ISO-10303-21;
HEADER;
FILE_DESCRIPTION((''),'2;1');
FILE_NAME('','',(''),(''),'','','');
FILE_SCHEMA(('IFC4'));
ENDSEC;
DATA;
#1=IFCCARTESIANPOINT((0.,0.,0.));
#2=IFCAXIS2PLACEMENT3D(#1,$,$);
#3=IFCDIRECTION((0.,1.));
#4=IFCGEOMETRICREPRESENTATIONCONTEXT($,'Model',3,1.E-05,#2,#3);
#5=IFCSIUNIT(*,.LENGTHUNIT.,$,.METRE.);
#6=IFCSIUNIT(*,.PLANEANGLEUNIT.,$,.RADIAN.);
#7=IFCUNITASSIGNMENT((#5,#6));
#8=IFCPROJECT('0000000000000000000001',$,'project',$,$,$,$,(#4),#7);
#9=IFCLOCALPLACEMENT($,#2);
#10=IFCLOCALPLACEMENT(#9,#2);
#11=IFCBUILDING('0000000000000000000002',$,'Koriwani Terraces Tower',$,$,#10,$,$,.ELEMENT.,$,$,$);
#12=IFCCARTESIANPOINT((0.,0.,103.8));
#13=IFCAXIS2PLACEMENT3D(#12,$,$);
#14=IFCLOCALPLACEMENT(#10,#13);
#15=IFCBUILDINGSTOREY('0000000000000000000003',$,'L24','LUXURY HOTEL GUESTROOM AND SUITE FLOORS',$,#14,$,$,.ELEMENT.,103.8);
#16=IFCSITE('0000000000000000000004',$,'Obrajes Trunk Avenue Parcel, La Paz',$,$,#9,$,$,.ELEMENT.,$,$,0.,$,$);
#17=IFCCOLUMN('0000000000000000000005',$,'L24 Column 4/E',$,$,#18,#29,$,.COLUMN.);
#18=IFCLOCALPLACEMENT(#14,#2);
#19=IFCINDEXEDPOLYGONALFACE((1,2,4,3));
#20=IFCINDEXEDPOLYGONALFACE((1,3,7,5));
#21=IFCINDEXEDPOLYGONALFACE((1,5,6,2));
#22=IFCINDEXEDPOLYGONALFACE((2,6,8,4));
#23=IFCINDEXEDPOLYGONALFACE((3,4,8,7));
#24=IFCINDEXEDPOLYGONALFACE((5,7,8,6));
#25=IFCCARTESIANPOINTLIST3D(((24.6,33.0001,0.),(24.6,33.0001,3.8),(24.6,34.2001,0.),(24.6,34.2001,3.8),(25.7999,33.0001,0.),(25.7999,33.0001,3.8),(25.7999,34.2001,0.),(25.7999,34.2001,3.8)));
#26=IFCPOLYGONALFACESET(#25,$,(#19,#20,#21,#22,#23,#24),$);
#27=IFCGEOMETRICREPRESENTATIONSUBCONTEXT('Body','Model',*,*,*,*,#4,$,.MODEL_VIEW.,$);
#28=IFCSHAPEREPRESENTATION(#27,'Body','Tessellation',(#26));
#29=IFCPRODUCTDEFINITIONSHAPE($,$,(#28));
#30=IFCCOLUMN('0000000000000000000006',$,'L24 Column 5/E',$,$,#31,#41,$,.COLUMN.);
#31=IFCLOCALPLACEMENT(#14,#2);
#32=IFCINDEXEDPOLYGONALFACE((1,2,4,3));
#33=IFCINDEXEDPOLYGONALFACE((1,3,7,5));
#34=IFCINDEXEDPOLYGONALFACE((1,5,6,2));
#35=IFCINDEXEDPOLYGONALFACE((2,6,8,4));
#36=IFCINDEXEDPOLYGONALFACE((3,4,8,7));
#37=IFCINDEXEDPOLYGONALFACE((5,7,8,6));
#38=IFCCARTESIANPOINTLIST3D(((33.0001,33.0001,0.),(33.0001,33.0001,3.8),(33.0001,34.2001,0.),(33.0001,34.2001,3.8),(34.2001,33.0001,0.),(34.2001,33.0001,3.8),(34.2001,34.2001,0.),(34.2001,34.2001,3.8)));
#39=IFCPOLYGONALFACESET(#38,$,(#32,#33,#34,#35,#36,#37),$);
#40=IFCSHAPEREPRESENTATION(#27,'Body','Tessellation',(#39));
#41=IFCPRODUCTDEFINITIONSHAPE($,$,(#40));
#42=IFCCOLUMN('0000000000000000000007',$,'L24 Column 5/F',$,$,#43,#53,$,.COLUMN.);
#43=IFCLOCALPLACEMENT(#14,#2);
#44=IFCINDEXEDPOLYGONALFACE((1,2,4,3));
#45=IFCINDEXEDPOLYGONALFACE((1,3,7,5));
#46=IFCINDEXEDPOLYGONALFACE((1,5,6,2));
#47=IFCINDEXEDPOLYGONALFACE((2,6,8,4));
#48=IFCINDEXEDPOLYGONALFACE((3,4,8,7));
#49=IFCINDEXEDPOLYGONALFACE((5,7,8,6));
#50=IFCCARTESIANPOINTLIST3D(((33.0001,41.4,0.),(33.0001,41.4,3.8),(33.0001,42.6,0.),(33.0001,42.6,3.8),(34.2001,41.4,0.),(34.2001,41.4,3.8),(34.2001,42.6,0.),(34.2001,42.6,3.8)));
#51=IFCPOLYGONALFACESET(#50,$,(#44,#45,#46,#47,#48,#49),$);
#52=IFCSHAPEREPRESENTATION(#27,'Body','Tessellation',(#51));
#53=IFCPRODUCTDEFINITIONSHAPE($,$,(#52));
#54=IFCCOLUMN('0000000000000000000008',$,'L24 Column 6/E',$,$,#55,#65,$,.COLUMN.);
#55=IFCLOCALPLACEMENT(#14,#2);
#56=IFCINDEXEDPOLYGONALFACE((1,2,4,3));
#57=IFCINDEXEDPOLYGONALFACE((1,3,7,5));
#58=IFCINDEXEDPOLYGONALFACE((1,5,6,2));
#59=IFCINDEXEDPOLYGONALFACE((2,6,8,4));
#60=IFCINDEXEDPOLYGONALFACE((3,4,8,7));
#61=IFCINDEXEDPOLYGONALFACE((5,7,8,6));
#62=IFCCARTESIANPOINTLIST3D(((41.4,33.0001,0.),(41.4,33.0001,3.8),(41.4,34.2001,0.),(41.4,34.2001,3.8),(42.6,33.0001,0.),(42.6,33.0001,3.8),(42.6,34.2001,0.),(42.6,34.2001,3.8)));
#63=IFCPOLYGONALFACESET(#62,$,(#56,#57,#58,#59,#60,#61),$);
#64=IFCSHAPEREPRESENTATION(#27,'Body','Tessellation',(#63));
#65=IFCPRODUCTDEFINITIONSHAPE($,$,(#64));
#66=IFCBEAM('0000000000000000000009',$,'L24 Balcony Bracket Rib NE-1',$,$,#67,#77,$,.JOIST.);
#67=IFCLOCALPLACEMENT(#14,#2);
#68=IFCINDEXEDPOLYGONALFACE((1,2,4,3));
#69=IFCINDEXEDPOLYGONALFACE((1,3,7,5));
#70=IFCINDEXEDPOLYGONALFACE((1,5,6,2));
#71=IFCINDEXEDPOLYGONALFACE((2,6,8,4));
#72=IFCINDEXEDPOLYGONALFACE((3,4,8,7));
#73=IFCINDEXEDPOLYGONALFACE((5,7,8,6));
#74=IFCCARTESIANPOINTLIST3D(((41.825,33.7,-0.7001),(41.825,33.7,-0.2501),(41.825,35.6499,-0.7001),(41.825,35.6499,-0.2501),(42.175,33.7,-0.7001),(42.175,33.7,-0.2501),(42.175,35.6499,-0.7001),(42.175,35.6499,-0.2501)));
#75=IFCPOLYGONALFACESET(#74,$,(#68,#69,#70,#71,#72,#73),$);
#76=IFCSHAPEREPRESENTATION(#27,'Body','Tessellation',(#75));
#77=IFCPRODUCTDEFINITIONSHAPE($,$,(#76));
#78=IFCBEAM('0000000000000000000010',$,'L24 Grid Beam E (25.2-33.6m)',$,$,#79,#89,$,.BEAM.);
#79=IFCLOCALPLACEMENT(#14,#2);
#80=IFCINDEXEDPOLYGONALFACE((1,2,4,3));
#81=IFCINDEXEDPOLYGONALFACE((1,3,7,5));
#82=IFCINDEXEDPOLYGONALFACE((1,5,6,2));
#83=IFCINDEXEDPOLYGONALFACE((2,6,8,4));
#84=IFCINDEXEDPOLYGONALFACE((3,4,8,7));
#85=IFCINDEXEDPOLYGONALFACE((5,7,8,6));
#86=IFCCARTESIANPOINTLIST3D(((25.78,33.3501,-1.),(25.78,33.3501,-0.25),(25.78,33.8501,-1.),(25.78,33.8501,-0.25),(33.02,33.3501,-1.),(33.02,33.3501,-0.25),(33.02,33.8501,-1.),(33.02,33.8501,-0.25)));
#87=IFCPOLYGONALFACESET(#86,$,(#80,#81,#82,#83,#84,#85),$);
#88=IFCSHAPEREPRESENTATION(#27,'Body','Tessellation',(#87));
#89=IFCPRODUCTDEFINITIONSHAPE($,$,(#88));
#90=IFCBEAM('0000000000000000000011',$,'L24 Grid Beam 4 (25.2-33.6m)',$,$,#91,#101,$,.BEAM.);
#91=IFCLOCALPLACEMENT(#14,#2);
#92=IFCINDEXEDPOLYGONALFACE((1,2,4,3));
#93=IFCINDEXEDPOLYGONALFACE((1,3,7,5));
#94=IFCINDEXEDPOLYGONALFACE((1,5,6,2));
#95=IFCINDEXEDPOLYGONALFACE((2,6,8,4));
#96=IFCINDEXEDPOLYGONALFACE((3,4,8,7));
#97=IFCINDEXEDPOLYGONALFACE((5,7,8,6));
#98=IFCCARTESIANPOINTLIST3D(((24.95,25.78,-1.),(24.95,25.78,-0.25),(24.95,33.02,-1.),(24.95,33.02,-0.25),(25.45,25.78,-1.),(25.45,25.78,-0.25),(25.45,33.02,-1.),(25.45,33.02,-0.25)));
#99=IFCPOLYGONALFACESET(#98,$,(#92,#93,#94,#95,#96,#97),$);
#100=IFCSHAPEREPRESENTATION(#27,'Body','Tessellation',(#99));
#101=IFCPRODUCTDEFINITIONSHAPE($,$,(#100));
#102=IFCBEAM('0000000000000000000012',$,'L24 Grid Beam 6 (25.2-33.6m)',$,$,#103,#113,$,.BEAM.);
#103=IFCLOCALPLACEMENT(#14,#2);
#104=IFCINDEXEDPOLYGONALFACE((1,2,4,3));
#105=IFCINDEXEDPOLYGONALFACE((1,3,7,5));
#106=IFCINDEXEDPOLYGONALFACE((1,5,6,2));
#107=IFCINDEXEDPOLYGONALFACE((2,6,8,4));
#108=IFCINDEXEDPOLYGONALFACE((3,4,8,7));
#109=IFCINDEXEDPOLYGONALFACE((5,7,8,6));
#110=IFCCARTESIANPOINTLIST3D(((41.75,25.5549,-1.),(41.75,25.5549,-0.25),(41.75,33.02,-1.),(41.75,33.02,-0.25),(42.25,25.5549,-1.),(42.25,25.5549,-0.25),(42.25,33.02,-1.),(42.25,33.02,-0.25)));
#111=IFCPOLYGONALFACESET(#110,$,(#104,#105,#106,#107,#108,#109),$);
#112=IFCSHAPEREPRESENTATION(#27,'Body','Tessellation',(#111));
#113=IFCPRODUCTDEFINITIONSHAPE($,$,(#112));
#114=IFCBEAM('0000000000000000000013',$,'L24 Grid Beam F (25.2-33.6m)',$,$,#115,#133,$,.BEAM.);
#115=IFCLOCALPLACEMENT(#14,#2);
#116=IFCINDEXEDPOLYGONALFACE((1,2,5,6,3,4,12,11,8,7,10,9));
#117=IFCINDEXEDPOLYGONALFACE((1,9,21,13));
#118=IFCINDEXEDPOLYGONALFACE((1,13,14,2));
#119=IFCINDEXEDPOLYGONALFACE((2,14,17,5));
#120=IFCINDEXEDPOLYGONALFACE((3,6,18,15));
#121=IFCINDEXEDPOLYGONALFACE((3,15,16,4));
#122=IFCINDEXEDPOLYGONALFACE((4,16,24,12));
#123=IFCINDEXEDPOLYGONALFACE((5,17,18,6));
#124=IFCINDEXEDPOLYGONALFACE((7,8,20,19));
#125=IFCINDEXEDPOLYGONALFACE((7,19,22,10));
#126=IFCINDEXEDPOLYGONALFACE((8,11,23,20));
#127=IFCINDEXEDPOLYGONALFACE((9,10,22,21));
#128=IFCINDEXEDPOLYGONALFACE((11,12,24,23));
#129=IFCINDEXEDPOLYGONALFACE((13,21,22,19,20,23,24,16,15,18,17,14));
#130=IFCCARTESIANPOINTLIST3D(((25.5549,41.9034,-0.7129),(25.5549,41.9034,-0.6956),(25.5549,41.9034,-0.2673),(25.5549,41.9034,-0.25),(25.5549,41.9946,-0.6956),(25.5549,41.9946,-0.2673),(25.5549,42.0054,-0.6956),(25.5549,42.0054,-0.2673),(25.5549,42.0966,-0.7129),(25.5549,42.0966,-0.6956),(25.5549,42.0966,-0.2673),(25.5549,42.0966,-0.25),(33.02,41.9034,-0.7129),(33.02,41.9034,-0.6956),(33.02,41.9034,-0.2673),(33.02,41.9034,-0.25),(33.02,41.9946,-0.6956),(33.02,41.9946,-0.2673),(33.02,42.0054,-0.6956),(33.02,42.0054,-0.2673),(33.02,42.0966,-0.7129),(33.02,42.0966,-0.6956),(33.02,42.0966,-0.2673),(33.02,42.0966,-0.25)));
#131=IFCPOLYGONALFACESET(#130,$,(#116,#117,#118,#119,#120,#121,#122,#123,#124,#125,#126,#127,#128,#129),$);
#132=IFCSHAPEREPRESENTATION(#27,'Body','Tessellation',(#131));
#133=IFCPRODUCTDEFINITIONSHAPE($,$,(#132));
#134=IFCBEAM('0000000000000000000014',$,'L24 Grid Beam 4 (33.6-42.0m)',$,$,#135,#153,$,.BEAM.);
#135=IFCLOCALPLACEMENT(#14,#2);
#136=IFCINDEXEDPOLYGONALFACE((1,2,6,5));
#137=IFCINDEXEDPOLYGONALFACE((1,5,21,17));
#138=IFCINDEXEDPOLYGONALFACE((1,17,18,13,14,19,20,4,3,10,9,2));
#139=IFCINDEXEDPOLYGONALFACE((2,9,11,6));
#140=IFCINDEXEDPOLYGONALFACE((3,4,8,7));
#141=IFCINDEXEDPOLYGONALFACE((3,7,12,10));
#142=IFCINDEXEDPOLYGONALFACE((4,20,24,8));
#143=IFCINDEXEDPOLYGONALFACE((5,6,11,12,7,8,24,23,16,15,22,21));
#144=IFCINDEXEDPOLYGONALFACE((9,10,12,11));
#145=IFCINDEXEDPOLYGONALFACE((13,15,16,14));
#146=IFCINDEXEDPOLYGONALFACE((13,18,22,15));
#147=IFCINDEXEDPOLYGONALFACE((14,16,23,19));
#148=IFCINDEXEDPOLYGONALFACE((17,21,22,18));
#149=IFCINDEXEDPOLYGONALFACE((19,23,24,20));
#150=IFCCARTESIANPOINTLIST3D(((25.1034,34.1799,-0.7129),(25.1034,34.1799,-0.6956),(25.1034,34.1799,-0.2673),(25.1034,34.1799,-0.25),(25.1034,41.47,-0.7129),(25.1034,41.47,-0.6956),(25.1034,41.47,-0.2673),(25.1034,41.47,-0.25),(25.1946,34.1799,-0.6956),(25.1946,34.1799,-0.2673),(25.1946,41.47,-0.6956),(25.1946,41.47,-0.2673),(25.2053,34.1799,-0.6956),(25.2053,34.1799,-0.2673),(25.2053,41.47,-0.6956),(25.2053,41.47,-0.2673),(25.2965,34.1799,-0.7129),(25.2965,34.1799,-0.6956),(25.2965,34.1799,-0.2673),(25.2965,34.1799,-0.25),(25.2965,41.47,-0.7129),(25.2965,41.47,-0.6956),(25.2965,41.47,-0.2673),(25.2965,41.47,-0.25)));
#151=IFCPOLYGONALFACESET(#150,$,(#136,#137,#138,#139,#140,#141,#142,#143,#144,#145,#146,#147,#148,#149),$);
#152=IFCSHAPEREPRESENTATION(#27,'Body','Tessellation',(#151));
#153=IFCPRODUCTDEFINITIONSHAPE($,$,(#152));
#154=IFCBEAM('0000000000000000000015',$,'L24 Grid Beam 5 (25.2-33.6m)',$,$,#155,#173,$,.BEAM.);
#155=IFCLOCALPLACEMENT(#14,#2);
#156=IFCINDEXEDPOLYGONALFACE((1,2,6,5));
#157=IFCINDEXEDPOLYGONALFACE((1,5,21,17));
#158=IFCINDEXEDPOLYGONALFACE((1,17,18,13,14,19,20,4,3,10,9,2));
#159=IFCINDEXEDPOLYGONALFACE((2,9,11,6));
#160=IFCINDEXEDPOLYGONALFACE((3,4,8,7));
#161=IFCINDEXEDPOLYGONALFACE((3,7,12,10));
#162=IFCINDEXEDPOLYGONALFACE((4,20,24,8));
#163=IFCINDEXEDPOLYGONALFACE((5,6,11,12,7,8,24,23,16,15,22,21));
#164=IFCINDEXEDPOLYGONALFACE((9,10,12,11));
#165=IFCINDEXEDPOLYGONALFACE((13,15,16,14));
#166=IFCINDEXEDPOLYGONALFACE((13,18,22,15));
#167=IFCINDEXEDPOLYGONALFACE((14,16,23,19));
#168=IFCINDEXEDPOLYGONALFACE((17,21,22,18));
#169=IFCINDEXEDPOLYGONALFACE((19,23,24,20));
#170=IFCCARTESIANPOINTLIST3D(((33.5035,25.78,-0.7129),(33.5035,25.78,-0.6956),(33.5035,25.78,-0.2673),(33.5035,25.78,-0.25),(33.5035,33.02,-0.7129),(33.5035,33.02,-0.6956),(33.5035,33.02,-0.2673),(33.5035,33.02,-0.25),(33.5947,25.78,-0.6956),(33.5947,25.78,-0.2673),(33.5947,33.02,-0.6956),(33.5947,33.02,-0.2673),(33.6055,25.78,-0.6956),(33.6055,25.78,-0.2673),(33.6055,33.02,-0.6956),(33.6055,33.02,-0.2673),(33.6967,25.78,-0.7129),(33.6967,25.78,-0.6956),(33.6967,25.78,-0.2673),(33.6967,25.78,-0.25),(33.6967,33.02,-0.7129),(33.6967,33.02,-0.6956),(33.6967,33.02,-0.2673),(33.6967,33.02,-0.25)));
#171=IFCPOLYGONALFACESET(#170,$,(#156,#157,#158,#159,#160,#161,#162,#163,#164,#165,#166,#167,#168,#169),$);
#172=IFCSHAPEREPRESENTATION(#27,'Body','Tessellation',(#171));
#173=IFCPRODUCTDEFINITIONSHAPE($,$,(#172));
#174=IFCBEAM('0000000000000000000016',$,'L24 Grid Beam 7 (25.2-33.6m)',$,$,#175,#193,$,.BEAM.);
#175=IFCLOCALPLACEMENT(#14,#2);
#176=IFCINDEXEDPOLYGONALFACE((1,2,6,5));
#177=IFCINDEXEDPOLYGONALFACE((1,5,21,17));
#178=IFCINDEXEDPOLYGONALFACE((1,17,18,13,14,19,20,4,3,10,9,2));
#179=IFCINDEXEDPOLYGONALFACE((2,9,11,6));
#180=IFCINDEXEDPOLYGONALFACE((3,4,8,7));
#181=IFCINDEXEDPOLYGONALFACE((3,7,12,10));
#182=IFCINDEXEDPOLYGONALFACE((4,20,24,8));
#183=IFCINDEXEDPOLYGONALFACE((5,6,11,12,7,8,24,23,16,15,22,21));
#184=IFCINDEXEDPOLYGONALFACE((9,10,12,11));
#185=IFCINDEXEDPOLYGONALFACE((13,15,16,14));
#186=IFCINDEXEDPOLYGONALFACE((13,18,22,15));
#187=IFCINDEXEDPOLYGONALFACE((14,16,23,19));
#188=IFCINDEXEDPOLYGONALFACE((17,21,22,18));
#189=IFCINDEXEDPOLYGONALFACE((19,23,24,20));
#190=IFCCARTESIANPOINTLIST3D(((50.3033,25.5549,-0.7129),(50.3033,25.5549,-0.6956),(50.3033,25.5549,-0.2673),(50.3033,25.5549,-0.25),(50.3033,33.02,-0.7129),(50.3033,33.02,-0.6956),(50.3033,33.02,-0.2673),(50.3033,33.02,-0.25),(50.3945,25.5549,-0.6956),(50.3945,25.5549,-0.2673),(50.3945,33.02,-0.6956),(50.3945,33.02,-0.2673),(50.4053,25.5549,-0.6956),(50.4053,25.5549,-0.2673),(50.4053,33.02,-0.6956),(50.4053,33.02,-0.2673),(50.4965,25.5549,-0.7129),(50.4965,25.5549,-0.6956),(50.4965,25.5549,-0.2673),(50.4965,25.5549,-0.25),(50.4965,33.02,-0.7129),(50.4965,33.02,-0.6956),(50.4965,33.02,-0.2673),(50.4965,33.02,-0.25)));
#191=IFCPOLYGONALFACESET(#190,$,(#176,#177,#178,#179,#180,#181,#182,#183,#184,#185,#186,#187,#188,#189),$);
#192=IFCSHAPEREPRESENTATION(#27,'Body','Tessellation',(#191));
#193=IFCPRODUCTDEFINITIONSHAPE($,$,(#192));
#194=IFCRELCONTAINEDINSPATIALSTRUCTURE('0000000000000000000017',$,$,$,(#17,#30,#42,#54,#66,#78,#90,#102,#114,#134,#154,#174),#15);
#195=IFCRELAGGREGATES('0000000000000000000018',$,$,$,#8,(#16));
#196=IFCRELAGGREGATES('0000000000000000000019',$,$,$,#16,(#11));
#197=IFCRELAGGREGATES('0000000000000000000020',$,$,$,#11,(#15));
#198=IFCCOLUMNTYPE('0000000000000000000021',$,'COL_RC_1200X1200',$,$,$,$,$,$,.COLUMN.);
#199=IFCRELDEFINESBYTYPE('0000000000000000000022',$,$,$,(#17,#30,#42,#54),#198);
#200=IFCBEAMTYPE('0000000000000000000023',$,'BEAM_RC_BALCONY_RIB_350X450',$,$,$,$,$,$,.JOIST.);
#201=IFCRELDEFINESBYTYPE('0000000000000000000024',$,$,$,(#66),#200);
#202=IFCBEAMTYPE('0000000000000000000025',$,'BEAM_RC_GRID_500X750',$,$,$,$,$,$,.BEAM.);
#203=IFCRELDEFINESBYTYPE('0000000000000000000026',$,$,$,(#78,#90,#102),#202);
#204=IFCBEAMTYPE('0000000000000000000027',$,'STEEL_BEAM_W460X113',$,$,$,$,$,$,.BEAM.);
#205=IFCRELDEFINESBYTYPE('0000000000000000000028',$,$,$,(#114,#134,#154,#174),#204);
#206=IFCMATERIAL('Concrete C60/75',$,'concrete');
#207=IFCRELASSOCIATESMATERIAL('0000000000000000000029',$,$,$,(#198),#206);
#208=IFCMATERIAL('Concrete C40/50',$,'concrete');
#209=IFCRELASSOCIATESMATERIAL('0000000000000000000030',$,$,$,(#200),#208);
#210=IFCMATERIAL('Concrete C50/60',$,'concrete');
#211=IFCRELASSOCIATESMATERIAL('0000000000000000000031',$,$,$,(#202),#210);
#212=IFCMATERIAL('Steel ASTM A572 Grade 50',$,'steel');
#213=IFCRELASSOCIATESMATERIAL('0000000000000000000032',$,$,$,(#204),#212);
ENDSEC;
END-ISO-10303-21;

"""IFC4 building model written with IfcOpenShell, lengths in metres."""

from ifc_helpers import new_model, si_unit, direction, frame, origin, origin_2d, place, context, subcontext, project, spatial, rectangle, i_section, extrude, material, material_profile, profile_set, type_object, element, save


model = new_model("IFC4")

# Units and contexts
model_context = context("Model", 3, precision=1e-05, world=origin(), true_north=direction((0.0, 1.0)))
body_context = subcontext(model_context, "Body", "Model", "MODEL_VIEW")
ifc_project = project(units=[si_unit("LENGTHUNIT", "METRE"), si_unit("PLANEANGLEUNIT", "RADIAN")], contexts=[model_context])

# Site, building, storey
site_placement = place(None, origin())
site = spatial("IfcSite", under=ifc_project, at=site_placement, Name="Obrajes Trunk Avenue Parcel, La Paz", CompositionType="ELEMENT", RefElevation=0.0)
building_placement = place(site_placement, origin())
building = spatial("IfcBuilding", under=site, at=building_placement, Name="Koriwani Terraces Tower", CompositionType="ELEMENT")
storey_placement = place(building_placement, frame((0.0, 0.0, 103.8)))
storey = spatial("IfcBuildingStorey", under=building, at=storey_placement, Name="L24", Description="LUXURY HOTEL GUESTROOM AND SUITE FLOORS", CompositionType="ELEMENT", Elevation=103.8)

# Columns
ifc_material_1 = material(Name="Concrete C60/75", Category="concrete")
ifc_material_profile_1 = material_profile(ifc_material_1, rectangle(XDim=1.2, YDim=1.2, at=origin_2d()), Name="Concrete C60/75", Category="LoadBearing")
ifc_profile_set_1 = profile_set([ifc_material_profile_1], Name="Concrete C60/75")
column_type = type_object("IfcColumnType", Name="COL_RC_1200X1200", PredefinedType="COLUMN", material=ifc_profile_set_1)
for number, where, z_axis, x_axis, name in (
    (1, (25.2, 33.6001, 0.0), (0.0, 0.0, 1.0), (1.0, 0.0, 0.0), "L24 Column 4/E"),
    (2, (33.6001, 33.6001, 0.0), (0.0, 0.0, 1.0), (1.0, 0.0, 0.0), "L24 Column 5/E"),
    (3, (33.6001, 42.0, 0.0), (0.0, 0.0, 1.0), (1.0, 0.0, 0.0), "L24 Column 5/F"),
    (4, (42.0, 33.6001, 0.0), (0.0, 0.0, 1.0), (1.0, 0.0, 0.0), "L24 Column 6/E"),
):
    element("IfcColumn", number, at=place(storey_placement, frame(where, z_axis=z_axis, x_axis=x_axis)), inside=storey, type_object=column_type, Name=name, PredefinedType="COLUMN", context=body_context, shape_type="SweptSolid", body=[
        extrude(rectangle(XDim=1.2, YDim=1.2, at=origin_2d()), origin(), (0.0, 0.0, 1.0), 3.8),
    ])

# Beams
ifc_material_2 = material(Name="Concrete C40/50", Category="concrete")
ifc_material_profile_2 = material_profile(ifc_material_2, rectangle(XDim=0.3501, YDim=0.45, at=origin_2d()), Name="Concrete C40/50", Category="LoadBearing")
ifc_profile_set_2 = profile_set([ifc_material_profile_2], Name="Concrete C40/50")
beam_type_1 = type_object("IfcBeamType", Name="BEAM_RC_BALCONY_RIB_350X450", PredefinedType="JOIST", material=ifc_profile_set_2)
beam_1_placement = place(storey_placement, frame((42.0, 33.7, -0.4751), z_axis=(0.0, 1.0, 0.0), x_axis=(-1.0, 0.0, 0.0)))
element("IfcBeam", 5, at=beam_1_placement, inside=storey, type_object=beam_type_1, Name="L24 Balcony Bracket Rib NE-1", PredefinedType="JOIST", context=body_context, shape_type="SweptSolid", body=[
    extrude(rectangle(XDim=0.3501, YDim=0.45, at=origin_2d()), origin(), (0.0, 0.0, 1.0), 1.95),
])
ifc_material_3 = material(Name="Concrete C50/60", Category="concrete")
ifc_material_profile_3 = material_profile(ifc_material_3, rectangle(XDim=0.5, YDim=0.75, at=origin_2d()), Name="Concrete C50/60", Category="LoadBearing")
ifc_profile_set_3 = profile_set([ifc_material_profile_3], Name="Concrete C50/60")
beam_type_2 = type_object("IfcBeamType", Name="BEAM_RC_GRID_500X750", PredefinedType="BEAM", material=ifc_profile_set_3)
for number, where, z_axis, x_axis, name in (
    (6, (25.78, 33.6001, -0.625), (1.0, 0.0, 0.0), (0.0, 1.0, 0.0), "L24 Grid Beam E (25.2-33.6m)"),
    (7, (25.2, 25.78, -0.625), (0.0, 1.0, 0.0), (-1.0, 0.0, 0.0), "L24 Grid Beam 4 (25.2-33.6m)"),
):
    element("IfcBeam", number, at=place(storey_placement, frame(where, z_axis=z_axis, x_axis=x_axis)), inside=storey, type_object=beam_type_2, Name=name, PredefinedType="BEAM", context=body_context, shape_type="SweptSolid", body=[
        extrude(rectangle(XDim=0.5, YDim=0.75, at=origin_2d()), origin(), (0.0, 0.0, 1.0), 7.24),
    ])
beam_2_placement = place(storey_placement, frame((42.0, 25.5549, -0.625), z_axis=(0.0, 1.0, 0.0), x_axis=(-1.0, 0.0, 0.0)))
element("IfcBeam", 8, at=beam_2_placement, inside=storey, type_object=beam_type_2, Name="L24 Grid Beam 6 (25.2-33.6m)", PredefinedType="BEAM", context=body_context, shape_type="SweptSolid", body=[
    extrude(rectangle(XDim=0.5, YDim=0.75, at=origin_2d()), origin(), (0.0, 0.0, 1.0), 7.4651),
])
ifc_material_4 = material(Name="Steel ASTM A572 Grade 50", Category="steel")
ifc_material_profile_4 = material_profile(ifc_material_4, i_section(OverallWidth=0.1931, OverallDepth=0.4629, WebThickness=0.0107, FlangeThickness=0.0173, at=origin_2d()), Name="Steel ASTM A572 Grade 50", Category="LoadBearing")
ifc_profile_set_4 = profile_set([ifc_material_profile_4], Name="Steel ASTM A572 Grade 50")
beam_type_3 = type_object("IfcBeamType", Name="STEEL_BEAM_W460X113", PredefinedType="BEAM", material=ifc_profile_set_4)
beam_3_placement = place(storey_placement, frame((25.5549, 42.0, -0.4814), z_axis=(1.0, 0.0, 0.0), x_axis=(0.0, 1.0, 0.0)))
element("IfcBeam", 9, at=beam_3_placement, inside=storey, type_object=beam_type_3, Name="L24 Grid Beam F (25.2-33.6m)", PredefinedType="BEAM", context=body_context, shape_type="SweptSolid", body=[
    extrude(i_section(OverallWidth=0.1931, OverallDepth=0.4629, WebThickness=0.0107, FlangeThickness=0.0173, at=origin_2d()), origin(), (0.0, 0.0, 1.0), 7.4651),
])
beam_4_placement = place(storey_placement, frame((25.2, 34.1799, -0.4814), z_axis=(0.0, 1.0, 0.0), x_axis=(-1.0, 0.0, 0.0)))
element("IfcBeam", 10, at=beam_4_placement, inside=storey, type_object=beam_type_3, Name="L24 Grid Beam 4 (33.6-42.0m)", PredefinedType="BEAM", context=body_context, shape_type="SweptSolid", body=[
    extrude(i_section(OverallWidth=0.1931, OverallDepth=0.4629, WebThickness=0.0107, FlangeThickness=0.0173, at=origin_2d()), origin(), (0.0, 0.0, 1.0), 7.29),
])
beam_5_placement = place(storey_placement, frame((33.6001, 25.78, -0.4814), z_axis=(0.0, 1.0, 0.0), x_axis=(-1.0, 0.0, 0.0)))
element("IfcBeam", 11, at=beam_5_placement, inside=storey, type_object=beam_type_3, Name="L24 Grid Beam 5 (25.2-33.6m)", PredefinedType="BEAM", context=body_context, shape_type="SweptSolid", body=[
    extrude(i_section(OverallWidth=0.1931, OverallDepth=0.4629, WebThickness=0.0107, FlangeThickness=0.0173, at=origin_2d()), origin(), (0.0, 0.0, 1.0), 7.24),
])
beam_6_placement = place(storey_placement, frame((50.3999, 25.5549, -0.4814), z_axis=(0.0, 1.0, 0.0), x_axis=(-1.0, 0.0, 0.0)))
element("IfcBeam", 12, at=beam_6_placement, inside=storey, type_object=beam_type_3, Name="L24 Grid Beam 7 (25.2-33.6m)", PredefinedType="BEAM", context=body_context, shape_type="SweptSolid", body=[
    extrude(i_section(OverallWidth=0.1931, OverallDepth=0.4629, WebThickness=0.0107, FlangeThickness=0.0173, at=origin_2d()), origin(), (0.0, 0.0, 1.0), 7.4651),
])

save(model, "model.ifc")
